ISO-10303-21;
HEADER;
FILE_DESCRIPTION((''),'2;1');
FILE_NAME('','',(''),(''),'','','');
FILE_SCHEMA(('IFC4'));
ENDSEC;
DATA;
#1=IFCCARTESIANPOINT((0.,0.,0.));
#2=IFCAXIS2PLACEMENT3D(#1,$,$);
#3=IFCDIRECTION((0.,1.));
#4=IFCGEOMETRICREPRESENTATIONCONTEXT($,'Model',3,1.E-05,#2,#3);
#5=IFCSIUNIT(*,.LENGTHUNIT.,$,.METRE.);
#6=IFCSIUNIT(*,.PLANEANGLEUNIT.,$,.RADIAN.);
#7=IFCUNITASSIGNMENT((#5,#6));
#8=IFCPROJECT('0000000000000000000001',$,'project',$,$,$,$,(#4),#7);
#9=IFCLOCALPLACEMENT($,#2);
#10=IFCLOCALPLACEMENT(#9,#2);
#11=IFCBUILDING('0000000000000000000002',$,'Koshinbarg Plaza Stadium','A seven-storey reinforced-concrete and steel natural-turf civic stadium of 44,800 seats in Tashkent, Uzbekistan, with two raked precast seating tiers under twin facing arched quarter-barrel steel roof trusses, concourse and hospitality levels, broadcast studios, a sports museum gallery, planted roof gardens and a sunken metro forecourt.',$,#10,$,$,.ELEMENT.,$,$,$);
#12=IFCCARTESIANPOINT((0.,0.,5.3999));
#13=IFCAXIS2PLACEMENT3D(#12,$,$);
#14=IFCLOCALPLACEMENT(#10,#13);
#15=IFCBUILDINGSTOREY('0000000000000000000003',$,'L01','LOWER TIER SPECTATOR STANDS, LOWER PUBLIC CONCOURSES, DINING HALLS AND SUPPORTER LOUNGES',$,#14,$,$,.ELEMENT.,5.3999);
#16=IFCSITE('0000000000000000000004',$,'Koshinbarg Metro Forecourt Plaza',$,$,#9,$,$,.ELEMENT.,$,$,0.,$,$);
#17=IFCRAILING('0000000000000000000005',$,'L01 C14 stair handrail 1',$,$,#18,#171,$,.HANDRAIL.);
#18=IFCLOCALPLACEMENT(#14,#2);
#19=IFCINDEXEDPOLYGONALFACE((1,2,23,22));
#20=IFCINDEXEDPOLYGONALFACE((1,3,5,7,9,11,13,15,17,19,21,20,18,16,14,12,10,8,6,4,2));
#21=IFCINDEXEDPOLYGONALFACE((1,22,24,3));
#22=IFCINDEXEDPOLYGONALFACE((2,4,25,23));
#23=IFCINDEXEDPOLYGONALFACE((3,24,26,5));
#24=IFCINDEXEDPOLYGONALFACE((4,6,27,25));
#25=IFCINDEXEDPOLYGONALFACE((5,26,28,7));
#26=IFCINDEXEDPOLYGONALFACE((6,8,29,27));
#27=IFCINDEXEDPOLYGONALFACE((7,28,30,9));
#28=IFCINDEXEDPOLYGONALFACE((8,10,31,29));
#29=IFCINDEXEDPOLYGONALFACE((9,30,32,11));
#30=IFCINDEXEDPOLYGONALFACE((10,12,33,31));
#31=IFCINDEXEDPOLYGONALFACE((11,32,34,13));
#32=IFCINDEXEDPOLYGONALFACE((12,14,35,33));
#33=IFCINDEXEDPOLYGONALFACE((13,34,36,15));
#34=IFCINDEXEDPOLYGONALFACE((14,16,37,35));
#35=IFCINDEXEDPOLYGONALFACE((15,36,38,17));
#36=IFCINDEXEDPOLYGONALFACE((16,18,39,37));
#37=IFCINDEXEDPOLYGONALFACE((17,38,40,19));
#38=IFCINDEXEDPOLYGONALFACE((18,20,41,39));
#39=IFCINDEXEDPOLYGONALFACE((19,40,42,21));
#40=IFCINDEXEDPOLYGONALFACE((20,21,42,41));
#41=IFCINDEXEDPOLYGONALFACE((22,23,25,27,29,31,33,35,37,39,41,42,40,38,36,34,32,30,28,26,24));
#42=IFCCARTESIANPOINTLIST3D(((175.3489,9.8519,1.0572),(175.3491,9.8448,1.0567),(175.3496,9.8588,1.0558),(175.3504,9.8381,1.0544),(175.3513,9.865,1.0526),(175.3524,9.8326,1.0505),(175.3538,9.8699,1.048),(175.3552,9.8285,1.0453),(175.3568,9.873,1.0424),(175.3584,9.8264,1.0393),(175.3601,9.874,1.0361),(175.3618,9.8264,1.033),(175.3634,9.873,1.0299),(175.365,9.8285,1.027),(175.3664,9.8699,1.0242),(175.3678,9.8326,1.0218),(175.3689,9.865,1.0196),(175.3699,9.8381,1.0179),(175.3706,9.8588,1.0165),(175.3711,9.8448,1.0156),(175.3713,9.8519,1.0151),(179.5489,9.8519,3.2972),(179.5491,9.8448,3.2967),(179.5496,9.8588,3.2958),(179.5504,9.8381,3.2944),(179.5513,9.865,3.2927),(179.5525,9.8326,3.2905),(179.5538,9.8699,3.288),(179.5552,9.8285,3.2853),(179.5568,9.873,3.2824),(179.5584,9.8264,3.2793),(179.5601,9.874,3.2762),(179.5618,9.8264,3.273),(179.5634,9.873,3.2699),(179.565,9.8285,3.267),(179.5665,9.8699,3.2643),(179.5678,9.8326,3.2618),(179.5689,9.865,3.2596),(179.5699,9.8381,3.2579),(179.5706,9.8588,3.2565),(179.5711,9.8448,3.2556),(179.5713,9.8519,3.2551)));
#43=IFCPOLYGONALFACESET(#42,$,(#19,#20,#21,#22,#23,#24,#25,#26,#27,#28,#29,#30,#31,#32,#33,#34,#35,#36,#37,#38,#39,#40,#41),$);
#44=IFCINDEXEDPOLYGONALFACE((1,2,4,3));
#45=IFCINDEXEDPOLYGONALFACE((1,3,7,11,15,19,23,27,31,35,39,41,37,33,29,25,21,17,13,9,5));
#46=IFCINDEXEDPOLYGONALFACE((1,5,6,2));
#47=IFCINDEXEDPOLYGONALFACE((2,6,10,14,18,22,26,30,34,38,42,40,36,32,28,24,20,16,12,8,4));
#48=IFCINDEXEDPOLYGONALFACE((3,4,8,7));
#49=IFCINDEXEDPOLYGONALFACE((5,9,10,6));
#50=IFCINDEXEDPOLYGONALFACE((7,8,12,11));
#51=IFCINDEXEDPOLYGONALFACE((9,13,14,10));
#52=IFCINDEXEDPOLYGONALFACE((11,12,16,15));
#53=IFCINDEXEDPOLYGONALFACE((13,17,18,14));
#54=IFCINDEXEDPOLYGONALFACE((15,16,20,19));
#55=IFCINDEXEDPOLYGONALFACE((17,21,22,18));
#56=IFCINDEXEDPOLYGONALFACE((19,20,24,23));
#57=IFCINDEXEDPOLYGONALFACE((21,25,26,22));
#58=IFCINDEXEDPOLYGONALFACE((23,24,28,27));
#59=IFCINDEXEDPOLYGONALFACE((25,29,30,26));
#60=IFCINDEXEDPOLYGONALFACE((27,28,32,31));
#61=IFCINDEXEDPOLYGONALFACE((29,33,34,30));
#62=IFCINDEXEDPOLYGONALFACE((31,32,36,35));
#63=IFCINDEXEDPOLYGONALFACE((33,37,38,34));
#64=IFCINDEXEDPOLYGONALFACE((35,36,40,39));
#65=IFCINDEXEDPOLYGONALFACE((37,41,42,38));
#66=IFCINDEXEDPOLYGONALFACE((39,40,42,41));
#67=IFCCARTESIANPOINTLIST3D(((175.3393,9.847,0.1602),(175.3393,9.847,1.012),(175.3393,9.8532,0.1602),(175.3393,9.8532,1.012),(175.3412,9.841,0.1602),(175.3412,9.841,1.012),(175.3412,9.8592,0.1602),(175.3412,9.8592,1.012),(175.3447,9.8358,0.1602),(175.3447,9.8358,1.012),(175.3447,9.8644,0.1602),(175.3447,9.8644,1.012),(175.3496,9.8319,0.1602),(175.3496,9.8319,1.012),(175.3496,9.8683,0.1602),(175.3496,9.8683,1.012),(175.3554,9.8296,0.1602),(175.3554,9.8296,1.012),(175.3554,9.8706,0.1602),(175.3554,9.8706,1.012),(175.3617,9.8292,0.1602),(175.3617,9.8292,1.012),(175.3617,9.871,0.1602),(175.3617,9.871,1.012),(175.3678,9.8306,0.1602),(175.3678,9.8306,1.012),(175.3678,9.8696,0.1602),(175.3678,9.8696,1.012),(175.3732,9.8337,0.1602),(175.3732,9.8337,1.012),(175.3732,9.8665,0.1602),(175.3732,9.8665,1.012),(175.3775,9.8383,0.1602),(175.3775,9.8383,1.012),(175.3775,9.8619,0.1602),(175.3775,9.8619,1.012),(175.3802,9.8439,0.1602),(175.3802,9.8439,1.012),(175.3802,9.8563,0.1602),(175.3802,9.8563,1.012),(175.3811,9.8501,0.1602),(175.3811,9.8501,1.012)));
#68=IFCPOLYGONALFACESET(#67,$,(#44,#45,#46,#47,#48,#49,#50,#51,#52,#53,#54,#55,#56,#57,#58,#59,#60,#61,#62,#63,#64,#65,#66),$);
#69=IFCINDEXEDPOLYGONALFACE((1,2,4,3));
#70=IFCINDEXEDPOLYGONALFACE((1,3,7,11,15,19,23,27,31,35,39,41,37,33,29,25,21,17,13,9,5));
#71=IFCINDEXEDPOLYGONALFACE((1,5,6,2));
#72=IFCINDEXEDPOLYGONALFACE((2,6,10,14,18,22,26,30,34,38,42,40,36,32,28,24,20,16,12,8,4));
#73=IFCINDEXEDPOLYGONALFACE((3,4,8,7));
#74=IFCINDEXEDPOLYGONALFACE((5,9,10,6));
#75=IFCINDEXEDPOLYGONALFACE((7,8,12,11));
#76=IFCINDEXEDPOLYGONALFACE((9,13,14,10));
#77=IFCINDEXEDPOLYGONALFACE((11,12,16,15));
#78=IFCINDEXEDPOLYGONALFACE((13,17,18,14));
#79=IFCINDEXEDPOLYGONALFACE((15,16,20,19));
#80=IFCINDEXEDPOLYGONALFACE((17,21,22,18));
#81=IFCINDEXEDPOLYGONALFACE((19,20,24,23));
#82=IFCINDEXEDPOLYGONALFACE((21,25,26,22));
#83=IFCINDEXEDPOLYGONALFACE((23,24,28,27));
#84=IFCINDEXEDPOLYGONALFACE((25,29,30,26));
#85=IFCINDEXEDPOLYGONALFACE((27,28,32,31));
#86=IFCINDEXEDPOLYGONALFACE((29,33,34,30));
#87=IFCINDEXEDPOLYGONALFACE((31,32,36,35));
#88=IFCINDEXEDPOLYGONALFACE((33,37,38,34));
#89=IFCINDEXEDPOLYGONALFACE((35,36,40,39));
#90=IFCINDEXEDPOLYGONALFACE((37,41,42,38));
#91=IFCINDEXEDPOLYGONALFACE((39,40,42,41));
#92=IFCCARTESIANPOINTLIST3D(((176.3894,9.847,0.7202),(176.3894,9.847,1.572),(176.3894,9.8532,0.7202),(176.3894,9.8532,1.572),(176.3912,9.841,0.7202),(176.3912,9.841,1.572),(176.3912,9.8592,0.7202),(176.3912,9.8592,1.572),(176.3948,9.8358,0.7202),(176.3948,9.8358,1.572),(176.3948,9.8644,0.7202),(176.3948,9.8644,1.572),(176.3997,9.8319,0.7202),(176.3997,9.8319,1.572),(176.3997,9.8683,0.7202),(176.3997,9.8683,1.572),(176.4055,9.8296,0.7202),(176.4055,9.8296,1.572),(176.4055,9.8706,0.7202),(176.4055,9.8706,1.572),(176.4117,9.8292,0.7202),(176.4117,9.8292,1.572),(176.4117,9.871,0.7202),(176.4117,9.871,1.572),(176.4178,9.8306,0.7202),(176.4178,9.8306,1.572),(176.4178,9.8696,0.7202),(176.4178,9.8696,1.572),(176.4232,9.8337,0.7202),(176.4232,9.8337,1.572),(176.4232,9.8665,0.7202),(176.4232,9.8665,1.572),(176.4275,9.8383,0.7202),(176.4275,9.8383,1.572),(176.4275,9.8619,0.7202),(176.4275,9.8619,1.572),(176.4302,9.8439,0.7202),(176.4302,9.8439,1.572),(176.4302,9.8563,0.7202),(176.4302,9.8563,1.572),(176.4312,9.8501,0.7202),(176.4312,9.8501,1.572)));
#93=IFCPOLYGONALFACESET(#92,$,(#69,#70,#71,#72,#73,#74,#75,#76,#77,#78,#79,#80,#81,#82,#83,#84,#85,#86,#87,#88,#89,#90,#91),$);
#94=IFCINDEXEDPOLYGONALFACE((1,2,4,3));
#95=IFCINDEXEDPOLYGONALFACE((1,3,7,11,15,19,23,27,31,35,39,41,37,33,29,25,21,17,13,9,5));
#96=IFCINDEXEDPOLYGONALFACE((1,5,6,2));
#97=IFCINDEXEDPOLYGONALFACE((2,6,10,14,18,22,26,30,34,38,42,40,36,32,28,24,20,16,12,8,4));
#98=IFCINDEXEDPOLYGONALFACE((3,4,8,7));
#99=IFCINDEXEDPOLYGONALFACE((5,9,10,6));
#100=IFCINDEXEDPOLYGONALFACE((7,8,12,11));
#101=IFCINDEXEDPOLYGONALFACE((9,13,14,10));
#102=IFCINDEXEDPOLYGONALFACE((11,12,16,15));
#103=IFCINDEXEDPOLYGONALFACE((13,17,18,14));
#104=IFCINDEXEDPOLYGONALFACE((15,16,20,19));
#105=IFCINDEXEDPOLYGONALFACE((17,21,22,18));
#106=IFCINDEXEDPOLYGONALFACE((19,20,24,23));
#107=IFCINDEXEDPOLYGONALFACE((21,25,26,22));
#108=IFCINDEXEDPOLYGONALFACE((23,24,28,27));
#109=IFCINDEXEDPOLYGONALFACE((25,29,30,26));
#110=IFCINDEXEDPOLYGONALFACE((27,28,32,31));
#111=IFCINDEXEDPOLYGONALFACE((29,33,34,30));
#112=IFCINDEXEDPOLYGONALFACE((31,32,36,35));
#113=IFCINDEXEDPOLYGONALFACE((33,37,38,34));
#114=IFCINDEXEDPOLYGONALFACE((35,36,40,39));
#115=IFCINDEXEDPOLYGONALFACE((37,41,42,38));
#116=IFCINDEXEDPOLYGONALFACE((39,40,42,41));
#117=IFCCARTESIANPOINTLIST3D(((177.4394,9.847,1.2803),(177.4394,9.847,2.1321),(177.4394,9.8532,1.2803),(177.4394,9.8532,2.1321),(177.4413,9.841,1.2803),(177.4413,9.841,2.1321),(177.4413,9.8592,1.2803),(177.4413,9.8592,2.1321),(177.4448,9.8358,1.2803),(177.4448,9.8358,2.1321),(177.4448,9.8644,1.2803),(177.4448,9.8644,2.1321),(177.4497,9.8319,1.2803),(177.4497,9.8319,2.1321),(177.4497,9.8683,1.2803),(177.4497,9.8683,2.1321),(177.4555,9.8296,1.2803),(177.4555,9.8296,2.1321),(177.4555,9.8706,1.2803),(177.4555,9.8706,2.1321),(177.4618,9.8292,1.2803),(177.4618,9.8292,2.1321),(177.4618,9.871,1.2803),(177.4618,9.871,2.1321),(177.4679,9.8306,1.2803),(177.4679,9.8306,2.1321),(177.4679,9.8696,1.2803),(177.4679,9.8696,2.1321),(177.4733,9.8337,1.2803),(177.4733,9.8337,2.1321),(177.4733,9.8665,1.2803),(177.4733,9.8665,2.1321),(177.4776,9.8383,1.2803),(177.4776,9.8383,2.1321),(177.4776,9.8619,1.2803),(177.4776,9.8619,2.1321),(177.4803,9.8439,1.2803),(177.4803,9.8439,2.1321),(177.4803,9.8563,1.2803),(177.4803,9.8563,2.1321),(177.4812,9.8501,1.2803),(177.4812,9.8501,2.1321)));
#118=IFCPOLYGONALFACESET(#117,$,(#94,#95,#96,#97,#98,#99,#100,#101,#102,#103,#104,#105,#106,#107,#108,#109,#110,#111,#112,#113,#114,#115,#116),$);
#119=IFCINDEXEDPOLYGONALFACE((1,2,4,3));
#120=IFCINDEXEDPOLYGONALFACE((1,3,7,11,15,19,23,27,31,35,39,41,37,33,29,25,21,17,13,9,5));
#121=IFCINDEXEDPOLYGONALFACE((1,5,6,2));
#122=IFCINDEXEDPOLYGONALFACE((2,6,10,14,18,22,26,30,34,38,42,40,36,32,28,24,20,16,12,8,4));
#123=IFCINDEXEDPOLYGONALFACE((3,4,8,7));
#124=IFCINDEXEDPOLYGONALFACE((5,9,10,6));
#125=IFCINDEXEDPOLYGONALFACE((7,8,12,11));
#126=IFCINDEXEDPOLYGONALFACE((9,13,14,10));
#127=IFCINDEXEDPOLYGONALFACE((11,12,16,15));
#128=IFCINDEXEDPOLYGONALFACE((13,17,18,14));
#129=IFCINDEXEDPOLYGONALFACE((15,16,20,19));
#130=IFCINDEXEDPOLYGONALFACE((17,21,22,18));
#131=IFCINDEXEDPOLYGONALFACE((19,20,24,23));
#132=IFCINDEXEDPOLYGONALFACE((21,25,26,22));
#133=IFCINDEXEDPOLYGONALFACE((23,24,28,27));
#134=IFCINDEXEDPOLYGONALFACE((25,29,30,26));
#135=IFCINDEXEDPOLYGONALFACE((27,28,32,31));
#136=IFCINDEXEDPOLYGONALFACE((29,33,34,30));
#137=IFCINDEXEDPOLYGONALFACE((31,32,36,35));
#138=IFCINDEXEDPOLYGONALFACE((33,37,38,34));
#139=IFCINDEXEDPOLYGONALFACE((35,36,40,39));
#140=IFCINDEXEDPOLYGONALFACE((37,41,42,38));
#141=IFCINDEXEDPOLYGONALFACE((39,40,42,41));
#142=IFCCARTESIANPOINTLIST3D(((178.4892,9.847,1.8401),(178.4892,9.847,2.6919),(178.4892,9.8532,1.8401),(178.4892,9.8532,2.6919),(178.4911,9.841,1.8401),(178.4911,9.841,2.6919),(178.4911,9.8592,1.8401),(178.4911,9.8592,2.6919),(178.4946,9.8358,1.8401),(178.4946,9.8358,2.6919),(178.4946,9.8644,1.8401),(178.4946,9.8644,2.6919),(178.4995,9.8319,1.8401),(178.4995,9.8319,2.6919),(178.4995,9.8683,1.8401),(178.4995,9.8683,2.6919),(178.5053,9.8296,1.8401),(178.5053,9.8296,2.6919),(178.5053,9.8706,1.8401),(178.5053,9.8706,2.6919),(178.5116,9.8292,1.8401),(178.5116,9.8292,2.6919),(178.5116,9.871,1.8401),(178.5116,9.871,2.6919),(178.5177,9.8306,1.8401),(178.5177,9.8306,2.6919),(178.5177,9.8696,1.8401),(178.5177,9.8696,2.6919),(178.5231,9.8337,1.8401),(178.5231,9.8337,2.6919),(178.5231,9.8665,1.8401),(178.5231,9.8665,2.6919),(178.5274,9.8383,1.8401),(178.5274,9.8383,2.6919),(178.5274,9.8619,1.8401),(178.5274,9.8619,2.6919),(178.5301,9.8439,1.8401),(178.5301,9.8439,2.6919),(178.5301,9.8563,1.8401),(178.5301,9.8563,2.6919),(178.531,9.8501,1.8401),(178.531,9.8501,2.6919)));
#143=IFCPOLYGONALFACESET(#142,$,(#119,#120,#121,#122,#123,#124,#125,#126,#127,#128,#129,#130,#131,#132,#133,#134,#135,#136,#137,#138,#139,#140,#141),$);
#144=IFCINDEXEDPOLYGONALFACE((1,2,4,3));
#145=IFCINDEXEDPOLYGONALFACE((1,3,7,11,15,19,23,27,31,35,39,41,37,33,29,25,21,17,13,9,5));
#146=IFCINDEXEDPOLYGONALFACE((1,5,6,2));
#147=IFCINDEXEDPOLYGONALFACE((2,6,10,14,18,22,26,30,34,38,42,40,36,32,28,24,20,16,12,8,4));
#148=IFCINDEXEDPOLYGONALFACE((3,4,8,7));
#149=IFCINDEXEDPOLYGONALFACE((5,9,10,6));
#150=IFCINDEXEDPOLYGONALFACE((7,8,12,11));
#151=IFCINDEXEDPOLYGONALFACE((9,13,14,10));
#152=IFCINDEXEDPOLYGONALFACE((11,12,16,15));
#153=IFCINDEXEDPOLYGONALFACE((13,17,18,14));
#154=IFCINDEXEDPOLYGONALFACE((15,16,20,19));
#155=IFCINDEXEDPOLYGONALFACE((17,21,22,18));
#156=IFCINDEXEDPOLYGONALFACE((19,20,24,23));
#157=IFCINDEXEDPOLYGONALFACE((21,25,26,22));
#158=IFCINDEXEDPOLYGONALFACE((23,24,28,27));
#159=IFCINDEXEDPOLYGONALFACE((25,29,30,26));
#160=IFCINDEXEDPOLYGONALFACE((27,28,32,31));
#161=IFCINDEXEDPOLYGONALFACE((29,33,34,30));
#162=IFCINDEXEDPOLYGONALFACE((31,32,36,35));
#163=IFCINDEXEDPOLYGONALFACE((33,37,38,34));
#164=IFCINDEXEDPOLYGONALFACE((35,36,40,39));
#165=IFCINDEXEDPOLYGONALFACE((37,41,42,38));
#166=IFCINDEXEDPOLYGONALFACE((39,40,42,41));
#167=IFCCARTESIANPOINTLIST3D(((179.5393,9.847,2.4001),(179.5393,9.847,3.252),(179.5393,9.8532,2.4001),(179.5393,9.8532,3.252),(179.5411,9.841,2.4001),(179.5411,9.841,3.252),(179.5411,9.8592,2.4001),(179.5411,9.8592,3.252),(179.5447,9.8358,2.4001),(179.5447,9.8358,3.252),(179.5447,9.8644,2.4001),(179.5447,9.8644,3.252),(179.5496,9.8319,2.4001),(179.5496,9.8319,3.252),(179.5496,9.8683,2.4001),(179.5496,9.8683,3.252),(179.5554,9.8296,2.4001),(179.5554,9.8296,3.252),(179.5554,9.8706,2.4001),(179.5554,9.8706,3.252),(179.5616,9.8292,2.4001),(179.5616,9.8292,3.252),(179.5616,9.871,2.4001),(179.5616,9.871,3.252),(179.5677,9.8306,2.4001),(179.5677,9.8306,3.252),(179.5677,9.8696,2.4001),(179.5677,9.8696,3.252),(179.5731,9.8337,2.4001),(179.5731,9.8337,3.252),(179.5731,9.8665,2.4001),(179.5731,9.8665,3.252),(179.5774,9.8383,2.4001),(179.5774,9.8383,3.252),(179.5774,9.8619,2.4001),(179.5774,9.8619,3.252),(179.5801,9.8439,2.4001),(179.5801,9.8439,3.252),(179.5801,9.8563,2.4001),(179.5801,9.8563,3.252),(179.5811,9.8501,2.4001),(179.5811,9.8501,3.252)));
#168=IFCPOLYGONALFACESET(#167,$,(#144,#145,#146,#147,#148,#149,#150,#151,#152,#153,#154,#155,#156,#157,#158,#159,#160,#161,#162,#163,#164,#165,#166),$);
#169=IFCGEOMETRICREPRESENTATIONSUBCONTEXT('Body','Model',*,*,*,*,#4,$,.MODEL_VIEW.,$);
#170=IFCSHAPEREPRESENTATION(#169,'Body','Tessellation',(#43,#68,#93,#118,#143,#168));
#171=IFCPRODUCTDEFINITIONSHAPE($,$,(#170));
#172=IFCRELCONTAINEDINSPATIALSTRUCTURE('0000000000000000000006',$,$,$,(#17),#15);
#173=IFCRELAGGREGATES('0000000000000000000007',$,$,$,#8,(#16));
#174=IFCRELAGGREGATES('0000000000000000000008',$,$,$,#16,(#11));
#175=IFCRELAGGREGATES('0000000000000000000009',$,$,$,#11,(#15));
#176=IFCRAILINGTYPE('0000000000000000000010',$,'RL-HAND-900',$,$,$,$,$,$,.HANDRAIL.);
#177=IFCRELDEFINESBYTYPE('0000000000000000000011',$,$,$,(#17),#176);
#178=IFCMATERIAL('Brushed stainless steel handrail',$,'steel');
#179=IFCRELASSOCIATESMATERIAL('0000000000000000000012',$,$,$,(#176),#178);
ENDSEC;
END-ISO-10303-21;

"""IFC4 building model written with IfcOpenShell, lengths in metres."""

from ifc_helpers import new_model, si_unit, direction, frame, origin, origin_2d, place, context, subcontext, project, spatial, circle, extrude, material, type_object, element, save


model = new_model("IFC4")

# Units and contexts
model_context = context("Model", 3, precision=1e-05, world=origin(), true_north=direction((0.0, 1.0)))
body_context = subcontext(model_context, "Body", "Model", "MODEL_VIEW")
ifc_project = project(units=[si_unit("LENGTHUNIT", "METRE"), si_unit("PLANEANGLEUNIT", "RADIAN")], contexts=[model_context])

# Site, building, storey
site_placement = place(None, origin())
site = spatial("IfcSite", under=ifc_project, at=site_placement, Name="Koshinbarg Metro Forecourt Plaza", CompositionType="ELEMENT", RefElevation=0.0)
building_placement = place(site_placement, origin())
building = spatial("IfcBuilding", under=site, at=building_placement, Name="Koshinbarg Plaza Stadium", Description="A seven-storey reinforced-concrete and steel natural-turf civic stadium of 44,800 seats in Tashkent, Uzbekistan, with two raked precast seating tiers under twin facing arched quarter-barrel steel roof trusses, concourse and hospitality levels, broadcast studios, a sports museum gallery, planted roof gardens and a sunken metro forecourt.", CompositionType="ELEMENT")
storey_placement = place(building_placement, frame((0.0, 0.0, 5.3999)))
storey = spatial("IfcBuildingStorey", under=building, at=storey_placement, Name="L01", Description="LOWER TIER SPECTATOR STANDS, LOWER PUBLIC CONCOURSES, DINING HALLS AND SUPPORTER LOUNGES", CompositionType="ELEMENT", Elevation=5.3999)

# Railing
ifc_material_1 = material(Name="Brushed stainless steel handrail", Category="steel")
railing_type_1 = type_object("IfcRailingType", Name="RL-HAND-900", PredefinedType="HANDRAIL", material=ifc_material_1)
railing_1_placement = place(storey_placement, frame((175.3601, 9.8501, 0.1602)))
element("IfcRailing", 1, at=railing_1_placement, inside=storey, type_object=railing_type_1, Name="L01 C14 stair handrail 1", PredefinedType="HANDRAIL", context=body_context, shape_type="SweptSolid", body=[
    extrude(circle(Radius=0.0239, at=origin_2d()), frame((0.0, 0.0, 0.876), z_axis=(0.882352, 0.0, 0.470591), x_axis=(0.0, 1.0, 0.0)), (0.0, 0.0, 1.0), 4.76),
    extrude(circle(Radius=0.021, at=origin_2d()), origin(), (0.0, 0.0, 1.0), 0.8518),
    extrude(circle(Radius=0.021, at=origin_2d()), frame((1.05, 0.0, 0.5601)), (0.0, 0.0, 1.0), 0.8518),
    extrude(circle(Radius=0.021, at=origin_2d()), frame((2.1001, 0.0, 1.1201)), (0.0, 0.0, 1.0), 0.8518),
    extrude(circle(Radius=0.021, at=origin_2d()), frame((3.1499, 0.0, 1.6799)), (0.0, 0.0, 1.0), 0.8518),
    extrude(circle(Radius=0.021, at=origin_2d()), frame((4.2, 0.0, 2.24)), (0.0, 0.0, 1.0), 0.8518),
])

save(model, "model.ifc")
